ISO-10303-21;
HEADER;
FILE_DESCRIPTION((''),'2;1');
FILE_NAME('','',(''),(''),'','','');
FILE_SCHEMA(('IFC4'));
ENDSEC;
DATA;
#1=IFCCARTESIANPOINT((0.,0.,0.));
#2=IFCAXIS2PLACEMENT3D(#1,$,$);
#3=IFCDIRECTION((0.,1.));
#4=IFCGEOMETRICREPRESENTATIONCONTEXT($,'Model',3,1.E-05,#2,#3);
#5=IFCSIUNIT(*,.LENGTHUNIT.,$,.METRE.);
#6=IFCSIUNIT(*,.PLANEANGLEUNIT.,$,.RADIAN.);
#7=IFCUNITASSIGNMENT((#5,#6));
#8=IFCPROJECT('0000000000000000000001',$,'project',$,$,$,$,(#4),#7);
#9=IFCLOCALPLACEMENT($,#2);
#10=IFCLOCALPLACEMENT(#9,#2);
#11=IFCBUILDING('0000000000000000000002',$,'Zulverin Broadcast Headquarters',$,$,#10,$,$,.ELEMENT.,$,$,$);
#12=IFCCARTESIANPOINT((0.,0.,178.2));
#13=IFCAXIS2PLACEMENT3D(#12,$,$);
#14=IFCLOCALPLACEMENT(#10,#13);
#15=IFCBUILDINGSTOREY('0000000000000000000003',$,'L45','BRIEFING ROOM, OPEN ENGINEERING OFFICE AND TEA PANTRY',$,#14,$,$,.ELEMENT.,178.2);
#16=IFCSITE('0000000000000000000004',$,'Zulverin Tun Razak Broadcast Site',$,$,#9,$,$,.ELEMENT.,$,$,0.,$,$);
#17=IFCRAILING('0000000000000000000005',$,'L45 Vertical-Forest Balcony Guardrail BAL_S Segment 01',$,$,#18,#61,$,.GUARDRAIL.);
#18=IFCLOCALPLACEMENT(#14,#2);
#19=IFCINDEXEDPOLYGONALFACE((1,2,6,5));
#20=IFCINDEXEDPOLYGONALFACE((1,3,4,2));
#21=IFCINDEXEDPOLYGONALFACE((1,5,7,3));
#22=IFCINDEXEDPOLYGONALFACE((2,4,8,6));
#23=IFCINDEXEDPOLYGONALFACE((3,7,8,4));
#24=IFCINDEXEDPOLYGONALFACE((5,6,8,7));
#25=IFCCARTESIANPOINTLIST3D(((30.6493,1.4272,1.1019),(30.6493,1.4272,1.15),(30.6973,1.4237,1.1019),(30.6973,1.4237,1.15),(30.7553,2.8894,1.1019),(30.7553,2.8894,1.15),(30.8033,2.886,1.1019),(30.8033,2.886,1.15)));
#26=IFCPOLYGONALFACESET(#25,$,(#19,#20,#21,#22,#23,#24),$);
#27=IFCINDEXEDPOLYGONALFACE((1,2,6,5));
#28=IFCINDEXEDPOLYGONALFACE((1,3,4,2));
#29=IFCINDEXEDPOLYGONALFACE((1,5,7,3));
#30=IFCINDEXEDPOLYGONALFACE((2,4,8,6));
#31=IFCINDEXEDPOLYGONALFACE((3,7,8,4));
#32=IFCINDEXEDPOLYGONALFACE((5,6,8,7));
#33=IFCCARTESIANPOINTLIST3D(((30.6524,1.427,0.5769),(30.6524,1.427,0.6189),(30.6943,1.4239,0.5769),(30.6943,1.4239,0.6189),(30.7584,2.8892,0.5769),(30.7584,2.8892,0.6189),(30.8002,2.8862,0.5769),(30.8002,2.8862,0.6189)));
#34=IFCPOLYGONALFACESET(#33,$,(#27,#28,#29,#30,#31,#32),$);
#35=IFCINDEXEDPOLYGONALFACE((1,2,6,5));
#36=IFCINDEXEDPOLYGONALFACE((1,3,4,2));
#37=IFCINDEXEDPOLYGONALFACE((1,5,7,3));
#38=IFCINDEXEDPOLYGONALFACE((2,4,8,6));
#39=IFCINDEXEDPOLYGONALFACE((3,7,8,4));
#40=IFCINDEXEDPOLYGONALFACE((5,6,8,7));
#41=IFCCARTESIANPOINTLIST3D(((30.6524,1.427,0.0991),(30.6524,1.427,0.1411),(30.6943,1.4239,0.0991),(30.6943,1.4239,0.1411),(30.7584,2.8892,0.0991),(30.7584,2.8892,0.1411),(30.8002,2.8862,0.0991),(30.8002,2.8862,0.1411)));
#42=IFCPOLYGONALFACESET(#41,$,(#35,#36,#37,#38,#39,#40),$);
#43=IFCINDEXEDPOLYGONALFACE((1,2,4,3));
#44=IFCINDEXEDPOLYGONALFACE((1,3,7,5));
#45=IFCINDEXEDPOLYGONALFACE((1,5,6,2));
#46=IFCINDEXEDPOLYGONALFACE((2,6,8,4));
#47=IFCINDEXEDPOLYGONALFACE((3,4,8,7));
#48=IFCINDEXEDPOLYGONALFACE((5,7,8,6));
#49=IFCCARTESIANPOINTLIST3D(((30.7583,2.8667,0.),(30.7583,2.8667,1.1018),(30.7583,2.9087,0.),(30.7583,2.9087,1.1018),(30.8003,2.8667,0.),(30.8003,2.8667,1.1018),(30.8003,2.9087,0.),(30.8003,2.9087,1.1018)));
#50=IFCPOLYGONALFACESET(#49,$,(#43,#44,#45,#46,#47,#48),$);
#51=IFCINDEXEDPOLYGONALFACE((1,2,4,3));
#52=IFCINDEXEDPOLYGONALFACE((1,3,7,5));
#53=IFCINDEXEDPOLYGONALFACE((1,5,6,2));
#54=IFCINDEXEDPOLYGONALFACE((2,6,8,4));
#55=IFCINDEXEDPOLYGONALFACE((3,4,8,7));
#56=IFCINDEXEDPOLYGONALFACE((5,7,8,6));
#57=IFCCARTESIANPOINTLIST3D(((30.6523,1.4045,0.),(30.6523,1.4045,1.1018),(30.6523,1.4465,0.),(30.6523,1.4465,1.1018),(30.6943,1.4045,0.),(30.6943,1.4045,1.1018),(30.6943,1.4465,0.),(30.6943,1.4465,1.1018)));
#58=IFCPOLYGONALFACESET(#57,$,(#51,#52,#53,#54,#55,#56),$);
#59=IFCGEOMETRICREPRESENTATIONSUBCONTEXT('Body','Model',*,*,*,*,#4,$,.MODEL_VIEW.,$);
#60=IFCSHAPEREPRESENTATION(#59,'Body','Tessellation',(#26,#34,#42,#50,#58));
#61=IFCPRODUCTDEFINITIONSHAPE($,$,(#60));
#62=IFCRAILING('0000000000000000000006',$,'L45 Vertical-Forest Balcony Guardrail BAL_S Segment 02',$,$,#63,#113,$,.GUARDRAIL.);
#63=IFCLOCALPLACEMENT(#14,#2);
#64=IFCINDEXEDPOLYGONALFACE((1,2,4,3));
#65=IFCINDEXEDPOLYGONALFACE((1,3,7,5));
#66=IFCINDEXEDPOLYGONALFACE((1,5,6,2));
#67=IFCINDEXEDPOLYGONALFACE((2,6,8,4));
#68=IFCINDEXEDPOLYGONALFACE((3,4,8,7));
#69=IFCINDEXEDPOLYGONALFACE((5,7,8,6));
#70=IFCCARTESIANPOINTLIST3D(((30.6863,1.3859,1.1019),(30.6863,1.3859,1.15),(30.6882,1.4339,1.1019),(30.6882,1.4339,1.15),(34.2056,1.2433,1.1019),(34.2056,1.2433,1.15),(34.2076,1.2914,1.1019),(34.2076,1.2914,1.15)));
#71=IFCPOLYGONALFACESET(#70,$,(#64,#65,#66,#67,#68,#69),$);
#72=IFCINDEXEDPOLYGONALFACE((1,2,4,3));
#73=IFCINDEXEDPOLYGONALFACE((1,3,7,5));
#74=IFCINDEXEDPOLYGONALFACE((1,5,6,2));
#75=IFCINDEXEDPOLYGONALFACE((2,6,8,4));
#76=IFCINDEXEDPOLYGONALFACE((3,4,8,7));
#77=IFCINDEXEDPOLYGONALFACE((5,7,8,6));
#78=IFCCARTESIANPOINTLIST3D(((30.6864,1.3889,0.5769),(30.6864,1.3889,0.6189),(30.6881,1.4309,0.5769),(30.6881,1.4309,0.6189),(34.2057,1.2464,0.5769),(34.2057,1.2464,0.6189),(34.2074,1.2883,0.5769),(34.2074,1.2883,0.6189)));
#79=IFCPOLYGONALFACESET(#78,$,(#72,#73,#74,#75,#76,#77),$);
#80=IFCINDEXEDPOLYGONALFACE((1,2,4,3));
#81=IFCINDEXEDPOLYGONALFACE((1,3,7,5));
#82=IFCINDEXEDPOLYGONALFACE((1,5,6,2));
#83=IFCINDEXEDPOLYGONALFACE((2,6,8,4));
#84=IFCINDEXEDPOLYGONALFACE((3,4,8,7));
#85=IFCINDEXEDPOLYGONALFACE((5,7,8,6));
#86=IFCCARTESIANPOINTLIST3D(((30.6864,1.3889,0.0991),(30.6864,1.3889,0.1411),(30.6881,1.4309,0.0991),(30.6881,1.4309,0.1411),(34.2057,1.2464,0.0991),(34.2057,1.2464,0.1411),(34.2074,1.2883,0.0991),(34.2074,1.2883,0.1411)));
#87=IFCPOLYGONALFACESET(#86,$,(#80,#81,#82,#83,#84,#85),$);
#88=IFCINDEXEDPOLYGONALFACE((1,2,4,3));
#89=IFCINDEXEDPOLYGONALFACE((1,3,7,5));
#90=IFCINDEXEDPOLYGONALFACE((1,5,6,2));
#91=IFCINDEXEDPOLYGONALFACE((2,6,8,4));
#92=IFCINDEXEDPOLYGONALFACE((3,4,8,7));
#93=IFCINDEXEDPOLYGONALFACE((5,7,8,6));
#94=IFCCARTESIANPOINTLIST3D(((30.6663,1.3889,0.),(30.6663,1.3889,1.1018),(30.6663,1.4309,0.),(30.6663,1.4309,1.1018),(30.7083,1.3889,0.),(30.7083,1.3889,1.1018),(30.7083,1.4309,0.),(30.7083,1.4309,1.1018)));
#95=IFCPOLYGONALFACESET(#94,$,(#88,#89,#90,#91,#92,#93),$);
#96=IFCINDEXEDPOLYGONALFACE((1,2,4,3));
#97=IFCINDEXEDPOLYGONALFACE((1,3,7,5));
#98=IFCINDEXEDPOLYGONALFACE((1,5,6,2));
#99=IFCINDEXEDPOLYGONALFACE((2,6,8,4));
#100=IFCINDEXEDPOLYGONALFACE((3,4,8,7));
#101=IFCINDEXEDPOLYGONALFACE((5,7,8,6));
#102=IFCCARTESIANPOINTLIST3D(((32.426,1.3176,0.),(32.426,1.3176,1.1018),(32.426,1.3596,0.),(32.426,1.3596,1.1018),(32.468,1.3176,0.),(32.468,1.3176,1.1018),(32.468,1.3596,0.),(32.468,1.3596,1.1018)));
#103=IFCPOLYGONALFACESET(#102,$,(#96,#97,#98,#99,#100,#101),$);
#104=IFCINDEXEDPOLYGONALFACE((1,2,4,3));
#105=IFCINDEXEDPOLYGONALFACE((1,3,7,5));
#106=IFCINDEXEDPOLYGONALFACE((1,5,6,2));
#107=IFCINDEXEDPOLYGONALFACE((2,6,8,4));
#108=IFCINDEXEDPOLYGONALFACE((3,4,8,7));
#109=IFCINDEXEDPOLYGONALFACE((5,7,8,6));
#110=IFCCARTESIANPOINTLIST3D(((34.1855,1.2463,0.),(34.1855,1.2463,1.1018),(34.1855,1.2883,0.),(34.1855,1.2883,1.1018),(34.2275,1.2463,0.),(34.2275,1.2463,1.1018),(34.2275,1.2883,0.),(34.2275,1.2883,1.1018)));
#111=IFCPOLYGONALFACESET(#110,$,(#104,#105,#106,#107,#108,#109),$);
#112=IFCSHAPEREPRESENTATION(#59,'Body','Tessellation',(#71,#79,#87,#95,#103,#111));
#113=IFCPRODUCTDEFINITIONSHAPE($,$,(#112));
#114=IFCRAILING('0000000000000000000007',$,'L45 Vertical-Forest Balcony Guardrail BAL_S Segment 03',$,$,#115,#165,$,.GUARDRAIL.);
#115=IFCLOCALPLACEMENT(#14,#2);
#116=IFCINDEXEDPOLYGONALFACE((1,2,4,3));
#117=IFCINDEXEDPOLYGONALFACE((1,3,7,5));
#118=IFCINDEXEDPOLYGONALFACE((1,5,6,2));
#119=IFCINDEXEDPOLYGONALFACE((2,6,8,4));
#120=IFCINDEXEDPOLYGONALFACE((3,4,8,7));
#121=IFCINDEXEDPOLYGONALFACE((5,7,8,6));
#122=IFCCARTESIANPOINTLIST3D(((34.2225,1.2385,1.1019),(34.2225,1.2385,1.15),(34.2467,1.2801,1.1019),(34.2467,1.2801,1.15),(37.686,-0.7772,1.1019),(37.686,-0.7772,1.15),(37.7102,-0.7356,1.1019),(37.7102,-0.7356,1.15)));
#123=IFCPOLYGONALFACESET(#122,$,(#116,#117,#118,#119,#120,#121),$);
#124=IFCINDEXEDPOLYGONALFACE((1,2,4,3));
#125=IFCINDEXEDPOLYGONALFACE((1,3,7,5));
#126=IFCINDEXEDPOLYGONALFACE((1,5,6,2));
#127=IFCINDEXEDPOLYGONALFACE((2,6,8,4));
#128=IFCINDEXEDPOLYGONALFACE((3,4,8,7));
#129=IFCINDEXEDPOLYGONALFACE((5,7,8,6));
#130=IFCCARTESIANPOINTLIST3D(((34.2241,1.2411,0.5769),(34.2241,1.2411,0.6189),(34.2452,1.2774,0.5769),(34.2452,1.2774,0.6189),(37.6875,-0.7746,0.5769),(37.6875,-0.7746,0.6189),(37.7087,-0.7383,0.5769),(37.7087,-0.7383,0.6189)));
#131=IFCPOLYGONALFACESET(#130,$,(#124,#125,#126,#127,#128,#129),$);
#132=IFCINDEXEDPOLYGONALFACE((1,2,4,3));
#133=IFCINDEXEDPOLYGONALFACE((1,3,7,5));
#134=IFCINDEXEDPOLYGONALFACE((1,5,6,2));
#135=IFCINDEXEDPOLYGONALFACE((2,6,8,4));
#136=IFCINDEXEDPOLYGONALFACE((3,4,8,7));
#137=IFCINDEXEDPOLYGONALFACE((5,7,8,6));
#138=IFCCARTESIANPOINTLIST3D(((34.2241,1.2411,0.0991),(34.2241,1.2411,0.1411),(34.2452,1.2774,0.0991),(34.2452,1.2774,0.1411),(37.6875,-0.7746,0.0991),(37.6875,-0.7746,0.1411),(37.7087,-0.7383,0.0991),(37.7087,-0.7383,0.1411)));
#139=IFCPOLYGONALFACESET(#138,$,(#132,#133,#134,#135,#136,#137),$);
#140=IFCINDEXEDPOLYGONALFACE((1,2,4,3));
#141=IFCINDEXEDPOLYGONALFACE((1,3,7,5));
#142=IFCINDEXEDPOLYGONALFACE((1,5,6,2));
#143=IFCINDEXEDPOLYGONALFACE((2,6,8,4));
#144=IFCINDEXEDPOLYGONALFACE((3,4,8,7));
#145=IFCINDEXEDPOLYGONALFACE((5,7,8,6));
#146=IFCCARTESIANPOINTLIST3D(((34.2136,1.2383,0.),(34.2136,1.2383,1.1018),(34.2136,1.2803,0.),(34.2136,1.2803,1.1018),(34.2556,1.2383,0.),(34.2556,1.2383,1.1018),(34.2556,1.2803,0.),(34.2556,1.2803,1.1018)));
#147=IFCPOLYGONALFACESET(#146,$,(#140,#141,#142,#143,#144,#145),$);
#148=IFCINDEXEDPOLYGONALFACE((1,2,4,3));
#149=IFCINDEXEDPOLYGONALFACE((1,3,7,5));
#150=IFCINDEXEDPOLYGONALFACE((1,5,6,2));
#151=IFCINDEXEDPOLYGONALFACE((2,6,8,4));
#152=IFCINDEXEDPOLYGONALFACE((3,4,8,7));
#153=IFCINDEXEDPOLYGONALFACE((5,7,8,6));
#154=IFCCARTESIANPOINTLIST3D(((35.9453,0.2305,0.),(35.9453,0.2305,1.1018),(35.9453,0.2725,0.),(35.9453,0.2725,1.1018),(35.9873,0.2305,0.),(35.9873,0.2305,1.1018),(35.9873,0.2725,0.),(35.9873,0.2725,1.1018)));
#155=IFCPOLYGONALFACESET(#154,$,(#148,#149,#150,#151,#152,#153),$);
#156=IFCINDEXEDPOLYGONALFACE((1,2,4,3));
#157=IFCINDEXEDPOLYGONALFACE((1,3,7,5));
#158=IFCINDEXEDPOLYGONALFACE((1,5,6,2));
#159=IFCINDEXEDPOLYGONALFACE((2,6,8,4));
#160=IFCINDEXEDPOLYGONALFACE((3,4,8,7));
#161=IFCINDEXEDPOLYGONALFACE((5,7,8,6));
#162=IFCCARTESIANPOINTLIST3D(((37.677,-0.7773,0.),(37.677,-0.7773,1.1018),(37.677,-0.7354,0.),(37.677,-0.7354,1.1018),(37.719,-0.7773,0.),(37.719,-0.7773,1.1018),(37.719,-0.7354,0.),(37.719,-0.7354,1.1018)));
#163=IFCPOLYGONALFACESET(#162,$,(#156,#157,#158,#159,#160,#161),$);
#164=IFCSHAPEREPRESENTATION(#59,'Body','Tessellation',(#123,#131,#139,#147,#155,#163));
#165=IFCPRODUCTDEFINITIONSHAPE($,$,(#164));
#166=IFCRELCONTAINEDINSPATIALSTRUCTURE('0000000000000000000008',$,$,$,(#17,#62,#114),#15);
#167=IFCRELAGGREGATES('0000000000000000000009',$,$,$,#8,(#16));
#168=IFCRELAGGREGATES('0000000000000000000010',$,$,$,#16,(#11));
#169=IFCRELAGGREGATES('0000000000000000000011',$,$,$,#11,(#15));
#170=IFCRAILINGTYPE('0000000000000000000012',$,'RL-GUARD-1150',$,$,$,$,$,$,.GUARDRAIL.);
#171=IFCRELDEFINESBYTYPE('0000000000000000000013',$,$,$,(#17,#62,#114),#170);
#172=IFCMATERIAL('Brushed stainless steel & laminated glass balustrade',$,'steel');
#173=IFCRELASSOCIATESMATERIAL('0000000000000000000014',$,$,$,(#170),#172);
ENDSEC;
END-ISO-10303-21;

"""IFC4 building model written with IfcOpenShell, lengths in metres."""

from ifc_helpers import new_model, si_unit, direction, frame, origin, origin_2d, place, context, subcontext, project, spatial, rectangle, extrude, material, type_object, element, save


model = new_model("IFC4")

# Units and contexts
model_context = context("Model", 3, precision=1e-05, world=origin(), true_north=direction((0.0, 1.0)))
body_context = subcontext(model_context, "Body", "Model", "MODEL_VIEW")
ifc_project = project(units=[si_unit("LENGTHUNIT", "METRE"), si_unit("PLANEANGLEUNIT", "RADIAN")], contexts=[model_context])

# Site, building, storey
site_placement = place(None, origin())
site = spatial("IfcSite", under=ifc_project, at=site_placement, Name="Zulverin Tun Razak Broadcast Site", CompositionType="ELEMENT", RefElevation=0.0)
building_placement = place(site_placement, origin())
building = spatial("IfcBuilding", under=site, at=building_placement, Name="Zulverin Broadcast Headquarters", CompositionType="ELEMENT")
storey_placement = place(building_placement, frame((0.0, 0.0, 178.2)))
storey = spatial("IfcBuildingStorey", under=building, at=storey_placement, Name="L45", Description="BRIEFING ROOM, OPEN ENGINEERING OFFICE AND TEA PANTRY", CompositionType="ELEMENT", Elevation=178.2)

# Railings
ifc_material_1 = material(Name="Brushed stainless steel & laminated glass balustrade", Category="steel")
railing_type = type_object("IfcRailingType", Name="RL-GUARD-1150", PredefinedType="GUARDRAIL", material=ifc_material_1)
railing_1_placement = place(storey_placement, frame((30.7793, 2.8877, 0.0)))
element("IfcRailing", 1, at=railing_1_placement, inside=storey, type_object=railing_type, Name="L45 Vertical-Forest Balcony Guardrail BAL_S Segment 01", PredefinedType="GUARDRAIL", context=body_context, shape_type="SweptSolid", body=[
    extrude(rectangle(XDim=0.0481, YDim=0.0481, at=origin_2d()), frame((0.0, 0.0, 1.126), z_axis=(-0.072277, -0.997385, 0.0), x_axis=(0.997385, -0.072277, 0.0)), (0.0, 0.0, 1.0), 1.4661),
    extrude(rectangle(XDim=0.042, YDim=0.042, at=origin_2d()), frame((0.0, 0.0, 0.5979), z_axis=(-0.072277, -0.997385, 0.0), x_axis=(0.997385, -0.072277, 0.0)), (0.0, 0.0, 1.0), 1.4661),
    extrude(rectangle(XDim=0.042, YDim=0.042, at=origin_2d()), frame((0.0, 0.0, 0.1201), z_axis=(-0.072277, -0.997385, 0.0), x_axis=(0.997385, -0.072277, 0.0)), (0.0, 0.0, 1.0), 1.4661),
    extrude(rectangle(XDim=0.042, YDim=0.042, at=origin_2d()), origin(), (0.0, 0.0, 1.0), 1.1018),
    extrude(rectangle(XDim=0.042, YDim=0.042, at=origin_2d()), frame((-0.106, -1.4622, 0.0)), (0.0, 0.0, 1.0), 1.1018),
])
railing_2_placement = place(storey_placement, frame((30.6873, 1.4099, 0.0)))
element("IfcRailing", 2, at=railing_2_placement, inside=storey, type_object=railing_type, Name="L45 Vertical-Forest Balcony Guardrail BAL_S Segment 02", PredefinedType="GUARDRAIL", context=body_context, shape_type="SweptSolid", body=[
    extrude(rectangle(XDim=0.0481, YDim=0.0481, at=origin_2d()), frame((0.0, 0.0, 1.126), z_axis=(0.99918, -0.04048, 0.0), x_axis=(0.04048, 0.99918, 0.0)), (0.0, 0.0, 1.0), 3.5222),
    extrude(rectangle(XDim=0.042, YDim=0.042, at=origin_2d()), frame((0.0, 0.0, 0.5979), z_axis=(0.99918, -0.04048, 0.0), x_axis=(0.04048, 0.99918, 0.0)), (0.0, 0.0, 1.0), 3.5222),
    extrude(rectangle(XDim=0.042, YDim=0.042, at=origin_2d()), frame((0.0, 0.0, 0.1201), z_axis=(0.99918, -0.04048, 0.0), x_axis=(0.04048, 0.99918, 0.0)), (0.0, 0.0, 1.0), 3.5222),
    extrude(rectangle(XDim=0.042, YDim=0.042, at=origin_2d()), origin(), (0.0, 0.0, 1.0), 1.1018),
    extrude(rectangle(XDim=0.042, YDim=0.042, at=origin_2d()), frame((1.7598, -0.0713, 0.0)), (0.0, 0.0, 1.0), 1.1018),
    extrude(rectangle(XDim=0.042, YDim=0.042, at=origin_2d()), frame((3.5193, -0.1426, 0.0)), (0.0, 0.0, 1.0), 1.1018),
])
railing_3_placement = place(storey_placement, frame((34.2346, 1.2593, 0.0)))
element("IfcRailing", 3, at=railing_3_placement, inside=storey, type_object=railing_type, Name="L45 Vertical-Forest Balcony Guardrail BAL_S Segment 03", PredefinedType="GUARDRAIL", context=body_context, shape_type="SweptSolid", body=[
    extrude(rectangle(XDim=0.0481, YDim=0.0481, at=origin_2d()), frame((0.0, 0.0, 1.126), z_axis=(0.864287, -0.503, 0.0), x_axis=(0.503, 0.864287, 0.0)), (0.0, 0.0, 1.0), 4.0073),
    extrude(rectangle(XDim=0.042, YDim=0.042, at=origin_2d()), frame((0.0, 0.0, 0.5979), z_axis=(0.864287, -0.503, 0.0), x_axis=(0.503, 0.864287, 0.0)), (0.0, 0.0, 1.0), 4.0073),
    extrude(rectangle(XDim=0.042, YDim=0.042, at=origin_2d()), frame((0.0, 0.0, 0.1201), z_axis=(0.864287, -0.503, 0.0), x_axis=(0.503, 0.864287, 0.0)), (0.0, 0.0, 1.0), 4.0073),
    extrude(rectangle(XDim=0.042, YDim=0.042, at=origin_2d()), origin(), (0.0, 0.0, 1.0), 1.1018),
    extrude(rectangle(XDim=0.042, YDim=0.042, at=origin_2d()), frame((1.7317, -1.0078, 0.0)), (0.0, 0.0, 1.0), 1.1018),
    extrude(rectangle(XDim=0.042, YDim=0.042, at=origin_2d()), frame((3.4634, -2.0156, 0.0)), (0.0, 0.0, 1.0), 1.1018),
])

save(model, "model.ifc")
